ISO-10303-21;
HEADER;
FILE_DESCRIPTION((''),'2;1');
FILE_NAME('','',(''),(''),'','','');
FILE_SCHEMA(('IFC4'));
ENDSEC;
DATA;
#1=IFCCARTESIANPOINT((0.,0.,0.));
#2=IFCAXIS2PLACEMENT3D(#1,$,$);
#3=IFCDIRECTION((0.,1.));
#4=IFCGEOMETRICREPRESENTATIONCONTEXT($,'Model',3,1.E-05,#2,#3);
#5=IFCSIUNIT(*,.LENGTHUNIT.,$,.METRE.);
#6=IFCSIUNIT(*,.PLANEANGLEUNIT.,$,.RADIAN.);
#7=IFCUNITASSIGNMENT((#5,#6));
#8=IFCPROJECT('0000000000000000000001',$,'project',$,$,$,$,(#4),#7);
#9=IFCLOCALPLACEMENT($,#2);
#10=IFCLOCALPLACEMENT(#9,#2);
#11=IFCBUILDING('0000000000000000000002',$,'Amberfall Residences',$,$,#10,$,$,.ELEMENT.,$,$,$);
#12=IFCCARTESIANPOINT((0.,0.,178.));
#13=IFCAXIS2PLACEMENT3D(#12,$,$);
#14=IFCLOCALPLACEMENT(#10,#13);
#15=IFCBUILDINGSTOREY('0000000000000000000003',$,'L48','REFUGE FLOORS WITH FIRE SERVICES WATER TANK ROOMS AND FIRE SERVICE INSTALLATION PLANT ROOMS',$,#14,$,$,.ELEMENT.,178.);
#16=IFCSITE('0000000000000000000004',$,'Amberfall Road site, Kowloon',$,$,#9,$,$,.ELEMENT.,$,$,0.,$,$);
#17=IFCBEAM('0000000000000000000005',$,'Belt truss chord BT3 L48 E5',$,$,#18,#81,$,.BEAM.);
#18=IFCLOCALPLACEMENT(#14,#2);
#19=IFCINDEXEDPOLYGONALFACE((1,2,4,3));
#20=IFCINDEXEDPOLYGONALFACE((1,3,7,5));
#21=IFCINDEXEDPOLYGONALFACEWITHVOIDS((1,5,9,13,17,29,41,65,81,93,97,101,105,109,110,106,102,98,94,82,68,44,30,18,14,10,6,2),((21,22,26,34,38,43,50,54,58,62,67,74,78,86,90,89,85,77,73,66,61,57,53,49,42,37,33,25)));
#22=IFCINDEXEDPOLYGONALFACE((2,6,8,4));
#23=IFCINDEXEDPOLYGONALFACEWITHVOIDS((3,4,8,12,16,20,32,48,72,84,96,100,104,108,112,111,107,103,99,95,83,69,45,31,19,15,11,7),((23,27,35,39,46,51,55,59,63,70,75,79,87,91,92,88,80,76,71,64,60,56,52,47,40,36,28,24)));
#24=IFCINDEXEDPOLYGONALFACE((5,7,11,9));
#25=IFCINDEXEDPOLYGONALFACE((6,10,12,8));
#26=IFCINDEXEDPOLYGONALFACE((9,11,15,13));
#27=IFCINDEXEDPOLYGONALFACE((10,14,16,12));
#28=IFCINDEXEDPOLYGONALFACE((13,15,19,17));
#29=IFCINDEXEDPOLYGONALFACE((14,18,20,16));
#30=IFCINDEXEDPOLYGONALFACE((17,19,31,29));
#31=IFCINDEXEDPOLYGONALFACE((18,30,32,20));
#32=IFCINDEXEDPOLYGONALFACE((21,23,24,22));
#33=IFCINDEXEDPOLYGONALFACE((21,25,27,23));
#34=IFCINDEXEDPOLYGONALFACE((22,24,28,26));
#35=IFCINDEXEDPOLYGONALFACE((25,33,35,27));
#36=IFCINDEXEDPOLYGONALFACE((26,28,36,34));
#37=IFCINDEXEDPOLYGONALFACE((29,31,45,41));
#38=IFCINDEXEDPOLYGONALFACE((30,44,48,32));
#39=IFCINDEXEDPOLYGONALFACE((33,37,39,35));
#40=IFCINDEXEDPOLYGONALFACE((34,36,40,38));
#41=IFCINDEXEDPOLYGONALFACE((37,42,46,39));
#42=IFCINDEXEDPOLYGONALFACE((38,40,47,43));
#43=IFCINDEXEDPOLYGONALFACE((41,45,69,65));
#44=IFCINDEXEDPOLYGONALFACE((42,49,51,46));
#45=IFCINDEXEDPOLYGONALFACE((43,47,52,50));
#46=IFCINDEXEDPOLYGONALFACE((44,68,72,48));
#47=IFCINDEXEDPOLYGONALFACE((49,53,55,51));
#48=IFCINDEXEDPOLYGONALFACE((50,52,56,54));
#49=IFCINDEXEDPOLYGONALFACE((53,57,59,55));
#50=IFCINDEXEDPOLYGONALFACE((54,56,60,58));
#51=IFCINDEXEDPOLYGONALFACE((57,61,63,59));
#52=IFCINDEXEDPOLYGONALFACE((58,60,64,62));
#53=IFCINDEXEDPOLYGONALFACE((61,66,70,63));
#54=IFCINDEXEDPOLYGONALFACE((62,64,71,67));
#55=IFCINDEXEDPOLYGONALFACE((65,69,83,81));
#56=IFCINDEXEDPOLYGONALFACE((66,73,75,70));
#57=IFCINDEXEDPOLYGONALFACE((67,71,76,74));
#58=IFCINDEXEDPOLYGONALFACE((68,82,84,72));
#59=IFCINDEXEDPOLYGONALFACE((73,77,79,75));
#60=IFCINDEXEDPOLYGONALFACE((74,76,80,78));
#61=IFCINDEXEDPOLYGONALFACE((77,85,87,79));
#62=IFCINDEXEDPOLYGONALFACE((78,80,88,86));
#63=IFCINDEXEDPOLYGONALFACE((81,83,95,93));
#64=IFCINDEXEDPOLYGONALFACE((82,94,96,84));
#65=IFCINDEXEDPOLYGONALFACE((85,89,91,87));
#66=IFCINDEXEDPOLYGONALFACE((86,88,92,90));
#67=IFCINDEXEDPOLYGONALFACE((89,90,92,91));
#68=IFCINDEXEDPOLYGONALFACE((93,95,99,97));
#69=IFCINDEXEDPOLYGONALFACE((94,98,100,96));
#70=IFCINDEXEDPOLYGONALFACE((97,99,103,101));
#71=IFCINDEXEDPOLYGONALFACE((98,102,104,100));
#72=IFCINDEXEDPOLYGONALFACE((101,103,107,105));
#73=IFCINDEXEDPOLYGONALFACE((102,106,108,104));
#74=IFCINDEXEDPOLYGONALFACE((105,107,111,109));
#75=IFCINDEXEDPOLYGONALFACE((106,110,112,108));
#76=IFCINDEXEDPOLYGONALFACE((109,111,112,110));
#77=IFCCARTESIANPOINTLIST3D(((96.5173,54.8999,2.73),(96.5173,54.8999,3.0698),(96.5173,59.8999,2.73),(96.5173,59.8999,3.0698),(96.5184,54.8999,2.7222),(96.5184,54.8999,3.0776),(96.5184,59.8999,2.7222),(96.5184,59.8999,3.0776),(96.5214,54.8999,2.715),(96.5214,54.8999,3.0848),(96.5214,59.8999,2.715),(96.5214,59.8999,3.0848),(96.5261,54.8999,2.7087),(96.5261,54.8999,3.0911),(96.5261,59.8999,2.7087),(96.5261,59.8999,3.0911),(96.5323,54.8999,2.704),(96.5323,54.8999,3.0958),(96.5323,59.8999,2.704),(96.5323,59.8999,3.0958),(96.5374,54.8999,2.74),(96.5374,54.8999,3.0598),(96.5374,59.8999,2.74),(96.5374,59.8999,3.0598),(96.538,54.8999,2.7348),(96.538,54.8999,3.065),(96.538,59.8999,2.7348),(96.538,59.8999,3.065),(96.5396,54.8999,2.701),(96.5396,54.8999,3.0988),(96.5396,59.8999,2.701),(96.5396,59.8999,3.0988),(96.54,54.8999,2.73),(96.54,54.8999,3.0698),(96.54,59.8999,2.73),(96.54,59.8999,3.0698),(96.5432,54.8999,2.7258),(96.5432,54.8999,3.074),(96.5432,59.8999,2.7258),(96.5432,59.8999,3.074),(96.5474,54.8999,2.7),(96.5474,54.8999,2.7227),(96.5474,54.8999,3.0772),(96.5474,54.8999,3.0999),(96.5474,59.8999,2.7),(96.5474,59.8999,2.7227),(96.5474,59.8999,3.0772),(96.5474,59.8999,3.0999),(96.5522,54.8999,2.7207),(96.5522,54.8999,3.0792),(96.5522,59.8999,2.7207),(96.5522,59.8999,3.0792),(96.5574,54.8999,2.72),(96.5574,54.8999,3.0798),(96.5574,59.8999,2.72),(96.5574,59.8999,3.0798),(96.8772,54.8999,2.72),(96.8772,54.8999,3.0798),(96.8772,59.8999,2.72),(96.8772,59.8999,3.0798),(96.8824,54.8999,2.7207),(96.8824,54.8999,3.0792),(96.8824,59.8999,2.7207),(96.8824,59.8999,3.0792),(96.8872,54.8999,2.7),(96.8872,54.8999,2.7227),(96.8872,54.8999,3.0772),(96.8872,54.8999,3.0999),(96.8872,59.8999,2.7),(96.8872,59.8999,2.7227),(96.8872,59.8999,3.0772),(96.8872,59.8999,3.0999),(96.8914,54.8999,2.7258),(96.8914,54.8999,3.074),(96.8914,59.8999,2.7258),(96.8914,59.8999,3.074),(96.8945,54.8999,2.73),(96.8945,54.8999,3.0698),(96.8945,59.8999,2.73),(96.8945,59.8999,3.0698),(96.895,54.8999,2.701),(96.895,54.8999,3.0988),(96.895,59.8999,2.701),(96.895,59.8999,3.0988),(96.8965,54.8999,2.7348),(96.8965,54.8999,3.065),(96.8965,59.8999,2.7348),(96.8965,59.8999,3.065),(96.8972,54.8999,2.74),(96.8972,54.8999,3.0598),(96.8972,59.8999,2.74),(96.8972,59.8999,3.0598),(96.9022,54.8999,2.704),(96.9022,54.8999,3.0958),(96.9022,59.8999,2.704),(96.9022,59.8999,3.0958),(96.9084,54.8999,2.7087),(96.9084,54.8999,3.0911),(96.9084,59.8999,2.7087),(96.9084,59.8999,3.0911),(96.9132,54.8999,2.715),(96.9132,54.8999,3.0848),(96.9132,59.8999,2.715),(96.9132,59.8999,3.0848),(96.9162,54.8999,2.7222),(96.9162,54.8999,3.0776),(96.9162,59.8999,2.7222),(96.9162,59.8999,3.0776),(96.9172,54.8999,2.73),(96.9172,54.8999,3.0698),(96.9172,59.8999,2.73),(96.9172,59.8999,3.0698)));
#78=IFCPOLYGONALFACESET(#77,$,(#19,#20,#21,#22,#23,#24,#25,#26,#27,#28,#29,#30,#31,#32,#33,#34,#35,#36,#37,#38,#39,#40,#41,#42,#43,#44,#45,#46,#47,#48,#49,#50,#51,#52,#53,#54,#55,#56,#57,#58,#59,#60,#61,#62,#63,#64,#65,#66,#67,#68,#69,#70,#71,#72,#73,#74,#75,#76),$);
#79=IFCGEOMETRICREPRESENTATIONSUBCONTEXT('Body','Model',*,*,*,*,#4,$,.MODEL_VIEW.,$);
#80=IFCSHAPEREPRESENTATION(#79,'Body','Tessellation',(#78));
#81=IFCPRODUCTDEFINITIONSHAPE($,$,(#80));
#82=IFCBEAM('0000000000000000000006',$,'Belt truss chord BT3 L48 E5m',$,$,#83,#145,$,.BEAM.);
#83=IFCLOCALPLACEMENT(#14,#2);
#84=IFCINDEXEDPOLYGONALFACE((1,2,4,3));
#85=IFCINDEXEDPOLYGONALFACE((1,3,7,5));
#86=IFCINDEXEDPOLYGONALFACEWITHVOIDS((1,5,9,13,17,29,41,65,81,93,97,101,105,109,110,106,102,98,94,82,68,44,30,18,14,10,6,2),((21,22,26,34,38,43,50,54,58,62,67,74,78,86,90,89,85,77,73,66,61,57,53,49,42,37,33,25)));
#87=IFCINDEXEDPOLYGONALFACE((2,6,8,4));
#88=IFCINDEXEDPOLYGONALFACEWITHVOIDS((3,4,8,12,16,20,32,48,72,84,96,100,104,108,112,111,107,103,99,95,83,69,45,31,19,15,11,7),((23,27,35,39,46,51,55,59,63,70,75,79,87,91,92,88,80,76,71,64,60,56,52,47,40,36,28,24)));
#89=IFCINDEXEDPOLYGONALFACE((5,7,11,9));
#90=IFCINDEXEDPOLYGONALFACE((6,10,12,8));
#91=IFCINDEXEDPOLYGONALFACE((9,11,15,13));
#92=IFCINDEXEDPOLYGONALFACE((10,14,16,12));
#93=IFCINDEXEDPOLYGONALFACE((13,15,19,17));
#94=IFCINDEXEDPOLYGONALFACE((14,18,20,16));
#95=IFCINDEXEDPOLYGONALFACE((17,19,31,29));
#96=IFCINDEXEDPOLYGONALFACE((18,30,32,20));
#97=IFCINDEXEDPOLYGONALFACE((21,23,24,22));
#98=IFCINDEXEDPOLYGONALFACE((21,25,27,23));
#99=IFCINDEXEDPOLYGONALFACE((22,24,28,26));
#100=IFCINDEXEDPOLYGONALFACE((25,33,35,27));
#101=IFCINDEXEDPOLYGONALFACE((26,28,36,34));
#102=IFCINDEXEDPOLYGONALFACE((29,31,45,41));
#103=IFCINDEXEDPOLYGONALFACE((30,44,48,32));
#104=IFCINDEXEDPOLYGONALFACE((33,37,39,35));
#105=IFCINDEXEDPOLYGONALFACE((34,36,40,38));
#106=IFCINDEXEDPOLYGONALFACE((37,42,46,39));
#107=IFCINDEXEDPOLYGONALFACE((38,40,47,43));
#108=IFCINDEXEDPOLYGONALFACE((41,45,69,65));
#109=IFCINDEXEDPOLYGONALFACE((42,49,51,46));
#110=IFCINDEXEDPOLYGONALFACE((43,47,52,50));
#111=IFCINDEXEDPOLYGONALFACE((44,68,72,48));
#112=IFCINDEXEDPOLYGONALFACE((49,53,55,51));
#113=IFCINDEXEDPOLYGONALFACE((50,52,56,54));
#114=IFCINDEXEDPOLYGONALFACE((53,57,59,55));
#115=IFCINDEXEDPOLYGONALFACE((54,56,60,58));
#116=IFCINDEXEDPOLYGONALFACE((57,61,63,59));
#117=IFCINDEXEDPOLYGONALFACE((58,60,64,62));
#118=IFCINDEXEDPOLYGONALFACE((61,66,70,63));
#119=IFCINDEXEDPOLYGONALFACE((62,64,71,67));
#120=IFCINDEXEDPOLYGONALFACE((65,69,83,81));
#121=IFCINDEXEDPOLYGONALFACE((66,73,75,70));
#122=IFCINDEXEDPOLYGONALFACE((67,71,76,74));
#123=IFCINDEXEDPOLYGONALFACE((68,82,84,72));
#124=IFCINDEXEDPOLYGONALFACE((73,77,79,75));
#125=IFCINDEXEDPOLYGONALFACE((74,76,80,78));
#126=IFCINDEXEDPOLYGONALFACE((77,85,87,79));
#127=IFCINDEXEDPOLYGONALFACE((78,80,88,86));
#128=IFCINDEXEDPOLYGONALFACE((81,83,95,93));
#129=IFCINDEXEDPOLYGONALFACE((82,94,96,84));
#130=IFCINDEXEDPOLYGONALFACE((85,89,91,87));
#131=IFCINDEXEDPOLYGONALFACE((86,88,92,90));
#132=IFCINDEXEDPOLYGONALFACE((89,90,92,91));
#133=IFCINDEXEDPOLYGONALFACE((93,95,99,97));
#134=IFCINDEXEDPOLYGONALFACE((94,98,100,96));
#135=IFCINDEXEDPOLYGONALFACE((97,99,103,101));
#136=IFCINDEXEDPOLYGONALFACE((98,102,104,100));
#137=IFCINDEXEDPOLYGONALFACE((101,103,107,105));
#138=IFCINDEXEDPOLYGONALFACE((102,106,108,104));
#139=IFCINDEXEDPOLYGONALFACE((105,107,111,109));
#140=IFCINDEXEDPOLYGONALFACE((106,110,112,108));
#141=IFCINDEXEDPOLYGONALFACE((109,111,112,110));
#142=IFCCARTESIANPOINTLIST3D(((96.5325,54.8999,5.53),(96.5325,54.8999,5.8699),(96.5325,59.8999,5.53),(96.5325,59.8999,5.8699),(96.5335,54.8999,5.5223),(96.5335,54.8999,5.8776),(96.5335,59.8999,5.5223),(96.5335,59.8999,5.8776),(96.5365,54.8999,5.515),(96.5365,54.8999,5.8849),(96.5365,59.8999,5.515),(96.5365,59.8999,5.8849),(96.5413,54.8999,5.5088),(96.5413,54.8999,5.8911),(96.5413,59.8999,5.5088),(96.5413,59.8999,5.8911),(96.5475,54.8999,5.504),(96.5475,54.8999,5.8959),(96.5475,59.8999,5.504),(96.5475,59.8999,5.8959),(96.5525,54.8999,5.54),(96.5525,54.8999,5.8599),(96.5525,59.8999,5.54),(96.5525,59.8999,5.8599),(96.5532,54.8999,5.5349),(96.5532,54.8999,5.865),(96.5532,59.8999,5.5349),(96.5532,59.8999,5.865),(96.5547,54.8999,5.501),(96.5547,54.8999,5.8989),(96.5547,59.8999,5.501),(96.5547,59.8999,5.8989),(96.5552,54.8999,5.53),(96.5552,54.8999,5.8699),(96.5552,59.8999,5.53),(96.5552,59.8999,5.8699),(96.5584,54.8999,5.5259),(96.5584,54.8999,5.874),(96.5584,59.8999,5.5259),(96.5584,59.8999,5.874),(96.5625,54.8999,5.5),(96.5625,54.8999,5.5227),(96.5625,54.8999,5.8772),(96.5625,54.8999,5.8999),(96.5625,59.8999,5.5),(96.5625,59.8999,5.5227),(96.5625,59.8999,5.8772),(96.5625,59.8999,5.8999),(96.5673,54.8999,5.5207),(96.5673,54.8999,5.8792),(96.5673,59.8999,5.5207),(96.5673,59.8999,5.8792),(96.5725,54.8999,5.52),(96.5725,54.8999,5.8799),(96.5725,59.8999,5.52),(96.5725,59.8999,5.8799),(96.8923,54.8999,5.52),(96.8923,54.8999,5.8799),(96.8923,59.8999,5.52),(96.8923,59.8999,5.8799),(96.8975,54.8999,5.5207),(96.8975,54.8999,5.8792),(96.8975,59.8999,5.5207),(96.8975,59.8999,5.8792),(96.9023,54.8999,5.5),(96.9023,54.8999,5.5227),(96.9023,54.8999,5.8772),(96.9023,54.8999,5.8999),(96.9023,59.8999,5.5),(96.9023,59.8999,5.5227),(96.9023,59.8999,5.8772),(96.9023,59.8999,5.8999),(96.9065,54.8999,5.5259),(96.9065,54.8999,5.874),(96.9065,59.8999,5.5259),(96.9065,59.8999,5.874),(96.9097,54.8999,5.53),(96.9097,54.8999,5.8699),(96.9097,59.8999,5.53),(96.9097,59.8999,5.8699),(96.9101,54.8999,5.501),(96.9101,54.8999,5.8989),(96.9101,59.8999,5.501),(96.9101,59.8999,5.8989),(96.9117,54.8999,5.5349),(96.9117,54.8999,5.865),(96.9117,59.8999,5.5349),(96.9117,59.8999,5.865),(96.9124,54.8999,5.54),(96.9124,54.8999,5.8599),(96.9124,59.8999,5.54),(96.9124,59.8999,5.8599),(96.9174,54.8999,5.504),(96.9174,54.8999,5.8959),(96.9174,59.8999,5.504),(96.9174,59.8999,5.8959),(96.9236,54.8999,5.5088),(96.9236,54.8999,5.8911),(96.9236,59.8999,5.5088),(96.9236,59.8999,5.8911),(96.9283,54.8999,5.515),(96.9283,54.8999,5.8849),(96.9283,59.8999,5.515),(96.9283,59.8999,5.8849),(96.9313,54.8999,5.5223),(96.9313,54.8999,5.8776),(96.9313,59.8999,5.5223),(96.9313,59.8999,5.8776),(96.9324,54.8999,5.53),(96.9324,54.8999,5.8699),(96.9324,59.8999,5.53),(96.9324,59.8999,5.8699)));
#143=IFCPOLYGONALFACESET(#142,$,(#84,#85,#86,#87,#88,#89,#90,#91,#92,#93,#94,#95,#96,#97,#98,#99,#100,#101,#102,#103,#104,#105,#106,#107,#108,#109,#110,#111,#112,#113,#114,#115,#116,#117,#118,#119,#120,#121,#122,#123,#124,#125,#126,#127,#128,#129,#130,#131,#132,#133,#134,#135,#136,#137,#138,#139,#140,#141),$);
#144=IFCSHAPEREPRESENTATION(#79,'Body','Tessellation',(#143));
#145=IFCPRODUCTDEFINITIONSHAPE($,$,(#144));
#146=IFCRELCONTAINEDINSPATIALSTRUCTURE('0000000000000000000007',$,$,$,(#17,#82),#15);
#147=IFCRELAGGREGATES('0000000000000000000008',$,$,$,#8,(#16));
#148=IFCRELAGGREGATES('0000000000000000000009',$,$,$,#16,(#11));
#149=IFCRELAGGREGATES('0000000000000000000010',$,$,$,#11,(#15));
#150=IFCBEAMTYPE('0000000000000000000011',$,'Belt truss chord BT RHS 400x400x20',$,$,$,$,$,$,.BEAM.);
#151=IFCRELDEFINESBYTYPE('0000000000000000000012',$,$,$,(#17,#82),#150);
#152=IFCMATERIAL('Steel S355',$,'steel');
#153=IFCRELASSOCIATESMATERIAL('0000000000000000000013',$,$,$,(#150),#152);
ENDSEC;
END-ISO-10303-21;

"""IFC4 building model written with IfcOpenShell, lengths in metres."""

from ifc_helpers import new_model, si_unit, direction, frame, origin, origin_2d, place, context, subcontext, project, spatial, hollow_rectangle, extrude, material, material_profile, profile_set, type_object, element, save


model = new_model("IFC4")

# Units and contexts
model_context = context("Model", 3, precision=1e-05, world=origin(), true_north=direction((0.0, 1.0)))
body_context = subcontext(model_context, "Body", "Model", "MODEL_VIEW")
ifc_project = project(units=[si_unit("LENGTHUNIT", "METRE"), si_unit("PLANEANGLEUNIT", "RADIAN")], contexts=[model_context])

# Site, building, storey
site_placement = place(None, origin())
site = spatial("IfcSite", under=ifc_project, at=site_placement, Name="Amberfall Road site, Kowloon", CompositionType="ELEMENT", RefElevation=0.0)
building_placement = place(site_placement, origin())
building = spatial("IfcBuilding", under=site, at=building_placement, Name="Amberfall Residences", CompositionType="ELEMENT")
storey_placement = place(building_placement, frame((0.0, 0.0, 178.0)))
storey = spatial("IfcBuildingStorey", under=building, at=storey_placement, Name="L48", Description="REFUGE FLOORS WITH FIRE SERVICES WATER TANK ROOMS AND FIRE SERVICE INSTALLATION PLANT ROOMS", CompositionType="ELEMENT", Elevation=178.0)

# Beams
ifc_material_1 = material(Name="Steel S355", Category="steel")
ifc_material_profile_1 = material_profile(ifc_material_1, hollow_rectangle(XDim=0.3999, YDim=0.3999, WallThickness=0.02, InnerFilletRadius=0.02, OuterFilletRadius=0.03, at=origin_2d()), Name="RHS 400x400x20")
ifc_profile_set_1 = profile_set([ifc_material_profile_1], Name="Steel S355")
beam_type_1 = type_object("IfcBeamType", Name="Belt truss chord BT RHS 400x400x20", PredefinedType="BEAM", material=ifc_profile_set_1)
for number, where, z_axis, x_axis, name in (
    (1, (96.7173, 54.8999, 2.8999), (0.0, 1.0, 0.0), (-1.0, 0.0, 0.0), "Belt truss chord BT3 L48 E5"),
    (2, (96.7324, 54.8999, 5.7), (0.0, 1.0, 0.0), (-1.0, 0.0, 0.0), "Belt truss chord BT3 L48 E5m"),
):
    element("IfcBeam", number, at=place(storey_placement, frame(where, z_axis=z_axis, x_axis=x_axis)), inside=storey, type_object=beam_type_1, Name=name, PredefinedType="BEAM", context=body_context, shape_type="SweptSolid", body=[
        extrude(hollow_rectangle(XDim=0.3999, YDim=0.3999, WallThickness=0.02, InnerFilletRadius=0.02, OuterFilletRadius=0.03, at=origin_2d()), origin(), (0.0, 0.0, 1.0), 5.0),
    ])

save(model, "model.ifc")
